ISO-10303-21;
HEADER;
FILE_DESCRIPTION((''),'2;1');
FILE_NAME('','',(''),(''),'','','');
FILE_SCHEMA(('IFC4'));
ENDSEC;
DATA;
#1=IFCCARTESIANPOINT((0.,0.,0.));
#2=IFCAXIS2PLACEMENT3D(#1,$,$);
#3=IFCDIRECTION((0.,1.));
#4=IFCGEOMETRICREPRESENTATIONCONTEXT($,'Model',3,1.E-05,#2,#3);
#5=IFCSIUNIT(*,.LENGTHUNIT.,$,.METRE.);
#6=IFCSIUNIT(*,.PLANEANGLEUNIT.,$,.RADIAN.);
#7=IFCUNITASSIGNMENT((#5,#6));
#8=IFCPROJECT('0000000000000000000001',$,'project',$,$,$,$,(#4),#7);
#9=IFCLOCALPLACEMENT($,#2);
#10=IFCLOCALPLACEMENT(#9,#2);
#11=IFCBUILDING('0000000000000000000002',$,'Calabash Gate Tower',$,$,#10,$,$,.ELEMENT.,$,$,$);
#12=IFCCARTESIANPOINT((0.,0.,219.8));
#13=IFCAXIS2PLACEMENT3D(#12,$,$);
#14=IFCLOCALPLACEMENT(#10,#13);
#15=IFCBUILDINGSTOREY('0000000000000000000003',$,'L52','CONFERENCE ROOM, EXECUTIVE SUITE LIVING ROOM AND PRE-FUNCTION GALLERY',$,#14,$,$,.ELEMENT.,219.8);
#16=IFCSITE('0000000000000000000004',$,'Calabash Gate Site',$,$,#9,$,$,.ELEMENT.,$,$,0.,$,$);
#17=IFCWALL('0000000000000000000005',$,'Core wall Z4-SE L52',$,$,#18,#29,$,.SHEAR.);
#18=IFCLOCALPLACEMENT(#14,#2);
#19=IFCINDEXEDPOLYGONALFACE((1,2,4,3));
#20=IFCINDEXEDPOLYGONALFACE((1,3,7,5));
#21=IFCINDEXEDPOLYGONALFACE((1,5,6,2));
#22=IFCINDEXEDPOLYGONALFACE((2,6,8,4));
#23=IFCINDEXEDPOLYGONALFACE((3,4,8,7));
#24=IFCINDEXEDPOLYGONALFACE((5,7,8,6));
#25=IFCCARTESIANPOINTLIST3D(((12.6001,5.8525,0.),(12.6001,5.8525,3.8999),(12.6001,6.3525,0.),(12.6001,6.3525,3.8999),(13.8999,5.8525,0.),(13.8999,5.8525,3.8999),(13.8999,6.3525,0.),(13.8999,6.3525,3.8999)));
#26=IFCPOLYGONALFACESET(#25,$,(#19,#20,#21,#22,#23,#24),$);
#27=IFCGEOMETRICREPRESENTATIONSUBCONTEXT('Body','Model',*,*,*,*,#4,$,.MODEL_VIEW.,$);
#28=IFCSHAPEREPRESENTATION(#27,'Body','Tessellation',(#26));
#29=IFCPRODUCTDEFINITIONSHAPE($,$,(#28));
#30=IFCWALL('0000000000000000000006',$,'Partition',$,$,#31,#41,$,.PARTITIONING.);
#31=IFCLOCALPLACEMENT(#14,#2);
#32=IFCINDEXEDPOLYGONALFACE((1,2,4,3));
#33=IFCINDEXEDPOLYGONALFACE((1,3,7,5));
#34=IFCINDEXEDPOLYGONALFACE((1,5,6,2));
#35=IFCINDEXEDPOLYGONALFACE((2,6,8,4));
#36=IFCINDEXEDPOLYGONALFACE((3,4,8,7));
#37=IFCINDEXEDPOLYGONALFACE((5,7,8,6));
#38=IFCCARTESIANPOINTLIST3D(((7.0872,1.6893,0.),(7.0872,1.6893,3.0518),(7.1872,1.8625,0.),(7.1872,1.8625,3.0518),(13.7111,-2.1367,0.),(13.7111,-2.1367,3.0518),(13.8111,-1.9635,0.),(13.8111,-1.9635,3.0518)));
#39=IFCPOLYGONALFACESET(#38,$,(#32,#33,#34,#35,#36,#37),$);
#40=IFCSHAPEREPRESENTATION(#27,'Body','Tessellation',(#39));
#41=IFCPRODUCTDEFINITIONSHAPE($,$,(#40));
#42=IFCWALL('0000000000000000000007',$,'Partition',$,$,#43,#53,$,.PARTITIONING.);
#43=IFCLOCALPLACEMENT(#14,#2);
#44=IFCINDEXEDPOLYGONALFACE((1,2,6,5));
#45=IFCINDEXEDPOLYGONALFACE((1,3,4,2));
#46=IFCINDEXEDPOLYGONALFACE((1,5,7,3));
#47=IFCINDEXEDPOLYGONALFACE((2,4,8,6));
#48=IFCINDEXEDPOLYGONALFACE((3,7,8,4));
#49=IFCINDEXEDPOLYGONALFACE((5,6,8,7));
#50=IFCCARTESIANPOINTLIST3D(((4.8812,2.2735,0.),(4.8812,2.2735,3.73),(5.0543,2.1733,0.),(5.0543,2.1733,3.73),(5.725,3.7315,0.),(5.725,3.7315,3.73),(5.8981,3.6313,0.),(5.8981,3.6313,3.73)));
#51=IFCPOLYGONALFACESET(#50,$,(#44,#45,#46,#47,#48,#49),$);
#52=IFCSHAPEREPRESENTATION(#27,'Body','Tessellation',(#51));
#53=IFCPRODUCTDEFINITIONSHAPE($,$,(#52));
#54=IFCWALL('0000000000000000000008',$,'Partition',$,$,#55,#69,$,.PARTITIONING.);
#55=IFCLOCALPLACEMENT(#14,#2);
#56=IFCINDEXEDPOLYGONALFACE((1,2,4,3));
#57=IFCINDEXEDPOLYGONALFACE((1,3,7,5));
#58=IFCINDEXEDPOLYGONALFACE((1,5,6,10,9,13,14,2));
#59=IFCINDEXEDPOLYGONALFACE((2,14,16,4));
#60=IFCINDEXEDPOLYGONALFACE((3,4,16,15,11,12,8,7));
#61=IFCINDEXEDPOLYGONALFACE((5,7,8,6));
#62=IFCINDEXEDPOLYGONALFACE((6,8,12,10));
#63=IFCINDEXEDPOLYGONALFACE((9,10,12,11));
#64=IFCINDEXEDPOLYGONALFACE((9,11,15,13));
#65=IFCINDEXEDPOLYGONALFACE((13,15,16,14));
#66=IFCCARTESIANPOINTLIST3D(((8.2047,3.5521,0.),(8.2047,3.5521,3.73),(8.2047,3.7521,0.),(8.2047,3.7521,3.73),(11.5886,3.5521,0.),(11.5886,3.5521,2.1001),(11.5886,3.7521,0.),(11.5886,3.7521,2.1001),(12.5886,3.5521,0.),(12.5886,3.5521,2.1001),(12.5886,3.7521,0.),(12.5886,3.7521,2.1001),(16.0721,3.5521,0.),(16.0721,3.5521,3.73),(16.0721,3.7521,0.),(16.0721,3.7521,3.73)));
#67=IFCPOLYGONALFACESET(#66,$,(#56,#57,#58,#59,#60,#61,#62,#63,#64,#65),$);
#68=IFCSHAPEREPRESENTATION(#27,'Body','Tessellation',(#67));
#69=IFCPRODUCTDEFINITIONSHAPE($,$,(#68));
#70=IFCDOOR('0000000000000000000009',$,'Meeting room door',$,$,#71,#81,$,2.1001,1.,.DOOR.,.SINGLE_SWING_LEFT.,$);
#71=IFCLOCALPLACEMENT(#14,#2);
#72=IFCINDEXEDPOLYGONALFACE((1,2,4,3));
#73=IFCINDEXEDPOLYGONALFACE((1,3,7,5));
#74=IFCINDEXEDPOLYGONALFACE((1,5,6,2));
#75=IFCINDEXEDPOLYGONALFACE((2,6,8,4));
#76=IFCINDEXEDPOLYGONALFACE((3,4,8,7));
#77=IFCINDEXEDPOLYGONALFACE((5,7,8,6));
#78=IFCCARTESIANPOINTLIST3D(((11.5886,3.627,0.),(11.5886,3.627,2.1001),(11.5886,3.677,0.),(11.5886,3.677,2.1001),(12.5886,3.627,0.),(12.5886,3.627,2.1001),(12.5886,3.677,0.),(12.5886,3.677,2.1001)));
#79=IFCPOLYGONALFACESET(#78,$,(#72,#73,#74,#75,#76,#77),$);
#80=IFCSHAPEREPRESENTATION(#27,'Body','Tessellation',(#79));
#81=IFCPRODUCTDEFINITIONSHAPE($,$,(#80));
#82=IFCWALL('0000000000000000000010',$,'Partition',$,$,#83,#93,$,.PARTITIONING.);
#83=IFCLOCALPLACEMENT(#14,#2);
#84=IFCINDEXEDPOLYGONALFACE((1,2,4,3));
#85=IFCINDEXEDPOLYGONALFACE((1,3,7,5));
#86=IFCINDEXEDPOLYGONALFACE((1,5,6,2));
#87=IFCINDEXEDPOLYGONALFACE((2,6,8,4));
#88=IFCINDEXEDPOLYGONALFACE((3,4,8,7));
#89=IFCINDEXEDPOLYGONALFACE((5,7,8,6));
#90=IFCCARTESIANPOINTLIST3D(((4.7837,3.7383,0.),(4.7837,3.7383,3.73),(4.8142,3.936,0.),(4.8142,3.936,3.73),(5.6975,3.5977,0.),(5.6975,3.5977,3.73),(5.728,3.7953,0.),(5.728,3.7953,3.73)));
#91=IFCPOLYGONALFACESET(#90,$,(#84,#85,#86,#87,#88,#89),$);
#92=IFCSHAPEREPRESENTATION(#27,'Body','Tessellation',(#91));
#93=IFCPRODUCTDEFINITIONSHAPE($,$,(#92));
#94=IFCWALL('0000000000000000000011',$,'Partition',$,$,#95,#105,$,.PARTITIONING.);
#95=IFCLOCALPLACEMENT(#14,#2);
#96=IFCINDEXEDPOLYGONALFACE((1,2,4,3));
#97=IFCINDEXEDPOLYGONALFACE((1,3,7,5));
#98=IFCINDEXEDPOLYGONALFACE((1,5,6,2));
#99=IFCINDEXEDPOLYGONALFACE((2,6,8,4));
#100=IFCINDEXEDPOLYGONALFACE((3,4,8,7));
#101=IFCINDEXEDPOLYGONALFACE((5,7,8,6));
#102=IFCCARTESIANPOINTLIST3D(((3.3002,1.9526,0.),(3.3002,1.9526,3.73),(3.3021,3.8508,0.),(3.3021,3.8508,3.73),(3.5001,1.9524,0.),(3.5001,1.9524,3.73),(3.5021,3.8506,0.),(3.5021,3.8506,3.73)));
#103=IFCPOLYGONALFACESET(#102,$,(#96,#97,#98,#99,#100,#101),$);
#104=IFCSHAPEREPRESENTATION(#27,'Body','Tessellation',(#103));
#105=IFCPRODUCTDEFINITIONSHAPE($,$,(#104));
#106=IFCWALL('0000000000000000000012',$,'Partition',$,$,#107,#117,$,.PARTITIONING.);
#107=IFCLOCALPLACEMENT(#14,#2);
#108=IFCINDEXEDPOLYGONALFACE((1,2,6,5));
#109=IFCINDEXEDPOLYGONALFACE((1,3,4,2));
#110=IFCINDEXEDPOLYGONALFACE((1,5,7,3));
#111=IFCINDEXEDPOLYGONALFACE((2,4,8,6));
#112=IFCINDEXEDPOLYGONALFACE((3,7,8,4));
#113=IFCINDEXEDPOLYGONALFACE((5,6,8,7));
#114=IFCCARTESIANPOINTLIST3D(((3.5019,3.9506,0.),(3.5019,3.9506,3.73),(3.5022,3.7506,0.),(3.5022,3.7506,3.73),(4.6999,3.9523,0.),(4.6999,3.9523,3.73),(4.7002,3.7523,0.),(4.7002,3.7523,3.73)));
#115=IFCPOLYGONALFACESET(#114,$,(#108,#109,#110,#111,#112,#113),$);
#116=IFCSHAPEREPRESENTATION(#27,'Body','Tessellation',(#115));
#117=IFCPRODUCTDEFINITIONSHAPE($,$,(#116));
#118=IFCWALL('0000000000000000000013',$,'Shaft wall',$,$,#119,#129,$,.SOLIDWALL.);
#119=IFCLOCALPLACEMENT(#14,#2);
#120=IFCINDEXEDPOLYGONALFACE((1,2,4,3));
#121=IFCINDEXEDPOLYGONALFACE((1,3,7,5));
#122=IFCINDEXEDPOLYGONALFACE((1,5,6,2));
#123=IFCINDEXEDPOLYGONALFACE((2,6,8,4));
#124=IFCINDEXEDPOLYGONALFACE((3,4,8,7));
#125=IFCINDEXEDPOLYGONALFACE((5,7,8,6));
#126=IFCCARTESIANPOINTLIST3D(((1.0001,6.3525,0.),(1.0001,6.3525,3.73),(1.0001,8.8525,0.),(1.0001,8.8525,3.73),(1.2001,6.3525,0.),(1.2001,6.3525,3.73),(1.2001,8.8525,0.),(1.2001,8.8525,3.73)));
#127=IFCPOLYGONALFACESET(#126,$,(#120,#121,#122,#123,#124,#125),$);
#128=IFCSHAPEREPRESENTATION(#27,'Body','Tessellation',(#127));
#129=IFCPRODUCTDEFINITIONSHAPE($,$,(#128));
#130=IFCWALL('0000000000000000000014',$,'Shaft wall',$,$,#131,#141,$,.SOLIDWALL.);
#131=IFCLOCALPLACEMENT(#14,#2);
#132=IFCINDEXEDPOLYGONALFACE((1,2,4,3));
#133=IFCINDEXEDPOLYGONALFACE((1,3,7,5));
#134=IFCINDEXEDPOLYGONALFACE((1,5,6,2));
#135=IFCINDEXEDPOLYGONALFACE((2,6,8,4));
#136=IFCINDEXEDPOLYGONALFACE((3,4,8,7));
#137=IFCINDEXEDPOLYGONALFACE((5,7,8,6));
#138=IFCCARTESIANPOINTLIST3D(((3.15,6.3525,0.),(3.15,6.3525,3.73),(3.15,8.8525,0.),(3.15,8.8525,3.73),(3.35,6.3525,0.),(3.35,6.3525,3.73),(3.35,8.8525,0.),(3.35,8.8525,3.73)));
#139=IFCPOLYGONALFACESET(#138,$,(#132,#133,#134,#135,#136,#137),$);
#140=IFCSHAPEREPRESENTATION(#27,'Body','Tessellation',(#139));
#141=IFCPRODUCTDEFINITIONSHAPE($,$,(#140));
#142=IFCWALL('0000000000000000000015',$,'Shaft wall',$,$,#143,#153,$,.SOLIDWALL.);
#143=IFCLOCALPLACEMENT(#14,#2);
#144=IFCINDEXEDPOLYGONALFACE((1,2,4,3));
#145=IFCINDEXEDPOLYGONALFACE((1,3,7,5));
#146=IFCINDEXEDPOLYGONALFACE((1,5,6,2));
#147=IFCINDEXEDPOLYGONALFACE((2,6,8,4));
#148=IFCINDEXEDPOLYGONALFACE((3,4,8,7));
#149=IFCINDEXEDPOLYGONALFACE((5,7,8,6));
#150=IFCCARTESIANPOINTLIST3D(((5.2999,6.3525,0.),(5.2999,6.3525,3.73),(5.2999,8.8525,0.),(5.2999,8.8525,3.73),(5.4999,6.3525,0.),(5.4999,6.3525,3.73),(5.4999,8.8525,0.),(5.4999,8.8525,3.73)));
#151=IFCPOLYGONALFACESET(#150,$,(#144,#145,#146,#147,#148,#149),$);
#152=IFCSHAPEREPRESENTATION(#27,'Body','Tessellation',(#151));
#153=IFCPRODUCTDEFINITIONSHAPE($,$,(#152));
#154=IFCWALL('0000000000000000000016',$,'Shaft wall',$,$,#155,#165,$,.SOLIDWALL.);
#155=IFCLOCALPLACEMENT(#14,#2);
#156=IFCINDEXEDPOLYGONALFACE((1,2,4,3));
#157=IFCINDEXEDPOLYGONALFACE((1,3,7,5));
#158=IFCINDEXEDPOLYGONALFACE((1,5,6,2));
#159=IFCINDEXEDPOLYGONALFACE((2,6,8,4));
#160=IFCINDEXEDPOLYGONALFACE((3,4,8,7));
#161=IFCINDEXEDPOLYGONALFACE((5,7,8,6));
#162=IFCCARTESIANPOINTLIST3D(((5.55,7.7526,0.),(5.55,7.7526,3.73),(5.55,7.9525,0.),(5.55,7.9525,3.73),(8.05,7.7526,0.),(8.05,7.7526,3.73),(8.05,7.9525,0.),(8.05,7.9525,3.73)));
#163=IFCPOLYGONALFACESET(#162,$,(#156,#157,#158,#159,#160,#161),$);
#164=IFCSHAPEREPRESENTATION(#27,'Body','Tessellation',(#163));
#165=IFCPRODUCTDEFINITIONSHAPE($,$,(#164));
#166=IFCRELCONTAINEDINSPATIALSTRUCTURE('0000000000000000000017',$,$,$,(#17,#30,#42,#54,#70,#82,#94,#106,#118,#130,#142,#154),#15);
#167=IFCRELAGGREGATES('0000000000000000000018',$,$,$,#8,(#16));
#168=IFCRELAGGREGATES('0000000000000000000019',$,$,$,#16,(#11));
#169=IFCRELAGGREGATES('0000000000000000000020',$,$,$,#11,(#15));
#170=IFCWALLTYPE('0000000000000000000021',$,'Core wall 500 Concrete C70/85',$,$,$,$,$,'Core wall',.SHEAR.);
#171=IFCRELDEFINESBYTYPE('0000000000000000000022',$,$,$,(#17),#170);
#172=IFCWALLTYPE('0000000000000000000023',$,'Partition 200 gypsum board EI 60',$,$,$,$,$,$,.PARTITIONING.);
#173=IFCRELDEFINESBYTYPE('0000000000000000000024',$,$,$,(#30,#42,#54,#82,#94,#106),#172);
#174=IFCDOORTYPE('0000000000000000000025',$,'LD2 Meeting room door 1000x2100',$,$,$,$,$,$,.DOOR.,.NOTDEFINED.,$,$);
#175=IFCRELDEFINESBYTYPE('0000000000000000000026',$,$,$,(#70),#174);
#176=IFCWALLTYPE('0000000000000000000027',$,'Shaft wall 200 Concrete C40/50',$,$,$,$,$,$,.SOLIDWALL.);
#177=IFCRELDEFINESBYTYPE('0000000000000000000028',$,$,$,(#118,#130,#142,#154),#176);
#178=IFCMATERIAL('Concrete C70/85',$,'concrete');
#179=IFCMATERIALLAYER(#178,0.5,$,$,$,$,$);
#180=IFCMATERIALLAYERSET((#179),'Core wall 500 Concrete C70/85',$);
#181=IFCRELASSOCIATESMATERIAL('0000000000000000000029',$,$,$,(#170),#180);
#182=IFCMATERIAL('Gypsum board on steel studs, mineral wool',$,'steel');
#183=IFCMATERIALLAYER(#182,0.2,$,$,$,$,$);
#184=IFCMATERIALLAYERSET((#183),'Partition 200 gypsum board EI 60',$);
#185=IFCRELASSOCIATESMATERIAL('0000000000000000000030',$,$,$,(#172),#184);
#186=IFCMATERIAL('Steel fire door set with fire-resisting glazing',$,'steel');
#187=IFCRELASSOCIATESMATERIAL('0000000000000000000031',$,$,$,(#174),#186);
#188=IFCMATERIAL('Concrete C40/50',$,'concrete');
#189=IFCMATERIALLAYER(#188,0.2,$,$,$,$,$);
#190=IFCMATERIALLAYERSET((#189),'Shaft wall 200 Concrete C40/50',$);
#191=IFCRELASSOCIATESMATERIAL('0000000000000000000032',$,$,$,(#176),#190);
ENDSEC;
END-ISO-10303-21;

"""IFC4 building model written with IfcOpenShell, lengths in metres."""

from ifc_helpers import new_model, si_unit, direction, frame, frame_2d, origin, place, context, subcontext, project, spatial, rectangle, extrude, material, layer, layer_set, type_object, element, fill, save


model = new_model("IFC4")

# Units and contexts
model_context = context("Model", 3, precision=1e-05, world=origin(), true_north=direction((0.0, 1.0)))
body_context = subcontext(model_context, "Body", "Model", "MODEL_VIEW")
ifc_project = project(units=[si_unit("LENGTHUNIT", "METRE"), si_unit("PLANEANGLEUNIT", "RADIAN")], contexts=[model_context])

# Site, building, storey
site_placement = place(None, origin())
site = spatial("IfcSite", under=ifc_project, at=site_placement, Name="Calabash Gate Site", CompositionType="ELEMENT", RefElevation=0.0)
building_placement = place(site_placement, origin())
building = spatial("IfcBuilding", under=site, at=building_placement, Name="Calabash Gate Tower", CompositionType="ELEMENT")
storey_placement = place(building_placement, frame((0.0, 0.0, 219.8)))
storey = spatial("IfcBuildingStorey", under=building, at=storey_placement, Name="L52", Description="CONFERENCE ROOM, EXECUTIVE SUITE LIVING ROOM AND PRE-FUNCTION GALLERY", CompositionType="ELEMENT", Elevation=219.8)

# Shared definitions
ifc_material_1 = material(Name="Concrete C70/85", Category="concrete")
ifc_layer_1 = layer(ifc_material_1, 0.5)
ifc_layer_set_1 = layer_set([ifc_layer_1], Name="Core wall 500 Concrete C70/85")
wall_type_1 = type_object("IfcWallType", Name="Core wall 500 Concrete C70/85", ElementType="Core wall", PredefinedType="SHEAR", material=ifc_layer_set_1)

# Walls
wall_1_placement = place(storey_placement, frame((12.6001, 6.1025, 0.0), z_axis=(0.0, 0.0, 1.0), x_axis=(1.0, 0.0, 0.0)))
element("IfcWall", 1, at=wall_1_placement, inside=storey, type_object=wall_type_1, Name="Core wall Z4-SE L52", PredefinedType="SHEAR", context=body_context, shape_type="SweptSolid", body=[
    extrude(rectangle(XDim=1.2998, YDim=0.5, at=frame_2d((0.6499, 0.0))), origin(), (0.0, 0.0, 1.0), 3.8999),
])
ifc_material_2 = material(Name="Gypsum board on steel studs, mineral wool", Category="steel")
ifc_layer_2 = layer(ifc_material_2, 0.2)
ifc_layer_set_2 = layer_set([ifc_layer_2], Name="Partition 200 gypsum board EI 60")
wall_type_2 = type_object("IfcWallType", Name="Partition 200 gypsum board EI 60", PredefinedType="PARTITIONING", material=ifc_layer_set_2)
wall_2_placement = place(storey_placement, frame((7.1372, 1.7759, 0.0), z_axis=(0.0, 0.0, 1.0), x_axis=(0.86593, -0.500165, 0.0)))
element("IfcWall", 2, at=wall_2_placement, inside=storey, type_object=wall_type_2, Name="Partition", PredefinedType="PARTITIONING", context=body_context, shape_type="SweptSolid", body=[
    extrude(rectangle(XDim=7.6494, YDim=0.2, at=frame_2d((3.8247, 0.0))), origin(), (0.0, 0.0, 1.0), 3.0518),
])
wall_3_placement = place(storey_placement, frame((4.9678, 2.2234, 0.0), z_axis=(0.0, 0.0, 1.0), x_axis=(0.500876, 0.865519, 0.0)))
element("IfcWall", 3, at=wall_3_placement, inside=storey, type_object=wall_type_2, Name="Partition", PredefinedType="PARTITIONING", context=body_context, shape_type="SweptSolid", body=[
    extrude(rectangle(XDim=1.6846, YDim=0.2, at=frame_2d((0.8423, 0.0))), origin(), (0.0, 0.0, 1.0), 3.73),
])

# Wall, opening, door
wall_4_placement = place(storey_placement, frame((8.2048, 3.6521, 0.0), z_axis=(0.0, 0.0, 1.0), x_axis=(1.0, 0.0, 0.0)))
wall_4 = element("IfcWall", 4, at=wall_4_placement, inside=storey, type_object=wall_type_2, Name="Partition", PredefinedType="PARTITIONING", context=body_context, shape_type="SweptSolid", body=[
    extrude(rectangle(XDim=7.8674, YDim=0.2, at=frame_2d((3.9336, 0.0))), origin(), (0.0, 0.0, 1.0), 3.73),
])
opening_1_placement = place(wall_4_placement, frame((3.3838, 0.0, 0.0)))
opening_1 = element("IfcOpeningElement", 5, at=opening_1_placement, cuts=wall_4, PredefinedType="OPENING", context=body_context, shape_type="SweptSolid", body=[
    extrude(rectangle(XDim=1.0, YDim=2.1001, at=frame_2d((0.5, 1.05))), frame((0.0, 0.1099, 0.0), z_axis=(0.0, -1.0, 0.0), x_axis=(1.0, 0.0, 0.0)), (0.0, 0.0, 1.0), 0.22),
])
ifc_material_3 = material(Name="Steel fire door set with fire-resisting glazing", Category="steel")
door_type_1 = type_object("IfcDoorType", Name="LD2 Meeting room door 1000x2100", OperationType="NOTDEFINED", PredefinedType="DOOR", material=ifc_material_3)
door_1_placement = place(opening_1_placement, origin())
door_1 = element("IfcDoor", 6, at=door_1_placement, inside=storey, type_object=door_type_1, Name="Meeting room door", OperationType="SINGLE_SWING_LEFT", OverallHeight=2.1001, OverallWidth=1.0, PredefinedType="DOOR", context=body_context, shape_type="SweptSolid", body=[
    extrude(rectangle(XDim=1.0, YDim=2.1001, at=frame_2d((0.5, 1.05))), frame((0.0, 0.0249, 0.0), z_axis=(0.0, -1.0, 0.0), x_axis=(1.0, 0.0, 0.0)), (0.0, 0.0, 1.0), 0.05),
])
fill(opening_1, door_1)

# Walls
wall_5_placement = place(storey_placement, frame((4.7988, 3.8372, 0.0), z_axis=(0.0, 0.0, 1.0), x_axis=(0.988366, -0.152097, 0.0)))
element("IfcWall", 7, at=wall_5_placement, inside=storey, type_object=wall_type_2, Name="Partition", PredefinedType="PARTITIONING", context=body_context, shape_type="SweptSolid", body=[
    extrude(rectangle(XDim=0.9246, YDim=0.2, at=frame_2d((0.4624, 0.0))), origin(), (0.0, 0.0, 1.0), 3.73),
])
wall_6_placement = place(storey_placement, frame((3.4001, 1.9524, 0.0), z_axis=(0.0, 0.0, 1.0), x_axis=(0.001029, 0.999999, 0.0)))
element("IfcWall", 8, at=wall_6_placement, inside=storey, type_object=wall_type_2, Name="Partition", PredefinedType="PARTITIONING", context=body_context, shape_type="SweptSolid", body=[
    extrude(rectangle(XDim=1.8982, YDim=0.2, at=frame_2d((0.9492, 0.0))), origin(), (0.0, 0.0, 1.0), 3.73),
])
wall_7_placement = place(storey_placement, frame((3.502, 3.8506, 0.0), z_axis=(0.0, 0.0, 1.0), x_axis=(0.999999, 0.001427, 0.0)))
element("IfcWall", 9, at=wall_7_placement, inside=storey, type_object=wall_type_2, Name="Partition", PredefinedType="PARTITIONING", context=body_context, shape_type="SweptSolid", body=[
    extrude(rectangle(XDim=1.198, YDim=0.2, at=frame_2d((0.5991, 0.0))), origin(), (0.0, 0.0, 1.0), 3.73),
])
ifc_material_4 = material(Name="Concrete C40/50", Category="concrete")
ifc_layer_3 = layer(ifc_material_4, 0.2)
ifc_layer_set_3 = layer_set([ifc_layer_3], Name="Shaft wall 200 Concrete C40/50")
wall_type_3 = type_object("IfcWallType", Name="Shaft wall 200 Concrete C40/50", PredefinedType="SOLIDWALL", material=ifc_layer_set_3)
for number, where, z_axis, x_axis, name in (
    (10, (1.1001, 6.3525, 0.0), (0.0, 0.0, 1.0), (0.0, 1.0, 0.0), "Shaft wall"),
    (11, (3.25, 6.3525, 0.0), (0.0, 0.0, 1.0), (0.0, 1.0, 0.0), "Shaft wall"),
    (12, (5.3999, 6.3525, 0.0), (0.0, 0.0, 1.0), (0.0, 1.0, 0.0), "Shaft wall"),
    (13, (5.55, 7.8525, 0.0), (0.0, 0.0, 1.0), (1.0, 0.0, 0.0), "Shaft wall"),
):
    element("IfcWall", number, at=place(storey_placement, frame(where, z_axis=z_axis, x_axis=x_axis)), inside=storey, type_object=wall_type_3, Name=name, PredefinedType="SOLIDWALL", context=body_context, shape_type="SweptSolid", body=[
        extrude(rectangle(XDim=2.5, YDim=0.2, at=frame_2d((1.25, 0.0))), origin(), (0.0, 0.0, 1.0), 3.73),
    ])

save(model, "model.ifc")
